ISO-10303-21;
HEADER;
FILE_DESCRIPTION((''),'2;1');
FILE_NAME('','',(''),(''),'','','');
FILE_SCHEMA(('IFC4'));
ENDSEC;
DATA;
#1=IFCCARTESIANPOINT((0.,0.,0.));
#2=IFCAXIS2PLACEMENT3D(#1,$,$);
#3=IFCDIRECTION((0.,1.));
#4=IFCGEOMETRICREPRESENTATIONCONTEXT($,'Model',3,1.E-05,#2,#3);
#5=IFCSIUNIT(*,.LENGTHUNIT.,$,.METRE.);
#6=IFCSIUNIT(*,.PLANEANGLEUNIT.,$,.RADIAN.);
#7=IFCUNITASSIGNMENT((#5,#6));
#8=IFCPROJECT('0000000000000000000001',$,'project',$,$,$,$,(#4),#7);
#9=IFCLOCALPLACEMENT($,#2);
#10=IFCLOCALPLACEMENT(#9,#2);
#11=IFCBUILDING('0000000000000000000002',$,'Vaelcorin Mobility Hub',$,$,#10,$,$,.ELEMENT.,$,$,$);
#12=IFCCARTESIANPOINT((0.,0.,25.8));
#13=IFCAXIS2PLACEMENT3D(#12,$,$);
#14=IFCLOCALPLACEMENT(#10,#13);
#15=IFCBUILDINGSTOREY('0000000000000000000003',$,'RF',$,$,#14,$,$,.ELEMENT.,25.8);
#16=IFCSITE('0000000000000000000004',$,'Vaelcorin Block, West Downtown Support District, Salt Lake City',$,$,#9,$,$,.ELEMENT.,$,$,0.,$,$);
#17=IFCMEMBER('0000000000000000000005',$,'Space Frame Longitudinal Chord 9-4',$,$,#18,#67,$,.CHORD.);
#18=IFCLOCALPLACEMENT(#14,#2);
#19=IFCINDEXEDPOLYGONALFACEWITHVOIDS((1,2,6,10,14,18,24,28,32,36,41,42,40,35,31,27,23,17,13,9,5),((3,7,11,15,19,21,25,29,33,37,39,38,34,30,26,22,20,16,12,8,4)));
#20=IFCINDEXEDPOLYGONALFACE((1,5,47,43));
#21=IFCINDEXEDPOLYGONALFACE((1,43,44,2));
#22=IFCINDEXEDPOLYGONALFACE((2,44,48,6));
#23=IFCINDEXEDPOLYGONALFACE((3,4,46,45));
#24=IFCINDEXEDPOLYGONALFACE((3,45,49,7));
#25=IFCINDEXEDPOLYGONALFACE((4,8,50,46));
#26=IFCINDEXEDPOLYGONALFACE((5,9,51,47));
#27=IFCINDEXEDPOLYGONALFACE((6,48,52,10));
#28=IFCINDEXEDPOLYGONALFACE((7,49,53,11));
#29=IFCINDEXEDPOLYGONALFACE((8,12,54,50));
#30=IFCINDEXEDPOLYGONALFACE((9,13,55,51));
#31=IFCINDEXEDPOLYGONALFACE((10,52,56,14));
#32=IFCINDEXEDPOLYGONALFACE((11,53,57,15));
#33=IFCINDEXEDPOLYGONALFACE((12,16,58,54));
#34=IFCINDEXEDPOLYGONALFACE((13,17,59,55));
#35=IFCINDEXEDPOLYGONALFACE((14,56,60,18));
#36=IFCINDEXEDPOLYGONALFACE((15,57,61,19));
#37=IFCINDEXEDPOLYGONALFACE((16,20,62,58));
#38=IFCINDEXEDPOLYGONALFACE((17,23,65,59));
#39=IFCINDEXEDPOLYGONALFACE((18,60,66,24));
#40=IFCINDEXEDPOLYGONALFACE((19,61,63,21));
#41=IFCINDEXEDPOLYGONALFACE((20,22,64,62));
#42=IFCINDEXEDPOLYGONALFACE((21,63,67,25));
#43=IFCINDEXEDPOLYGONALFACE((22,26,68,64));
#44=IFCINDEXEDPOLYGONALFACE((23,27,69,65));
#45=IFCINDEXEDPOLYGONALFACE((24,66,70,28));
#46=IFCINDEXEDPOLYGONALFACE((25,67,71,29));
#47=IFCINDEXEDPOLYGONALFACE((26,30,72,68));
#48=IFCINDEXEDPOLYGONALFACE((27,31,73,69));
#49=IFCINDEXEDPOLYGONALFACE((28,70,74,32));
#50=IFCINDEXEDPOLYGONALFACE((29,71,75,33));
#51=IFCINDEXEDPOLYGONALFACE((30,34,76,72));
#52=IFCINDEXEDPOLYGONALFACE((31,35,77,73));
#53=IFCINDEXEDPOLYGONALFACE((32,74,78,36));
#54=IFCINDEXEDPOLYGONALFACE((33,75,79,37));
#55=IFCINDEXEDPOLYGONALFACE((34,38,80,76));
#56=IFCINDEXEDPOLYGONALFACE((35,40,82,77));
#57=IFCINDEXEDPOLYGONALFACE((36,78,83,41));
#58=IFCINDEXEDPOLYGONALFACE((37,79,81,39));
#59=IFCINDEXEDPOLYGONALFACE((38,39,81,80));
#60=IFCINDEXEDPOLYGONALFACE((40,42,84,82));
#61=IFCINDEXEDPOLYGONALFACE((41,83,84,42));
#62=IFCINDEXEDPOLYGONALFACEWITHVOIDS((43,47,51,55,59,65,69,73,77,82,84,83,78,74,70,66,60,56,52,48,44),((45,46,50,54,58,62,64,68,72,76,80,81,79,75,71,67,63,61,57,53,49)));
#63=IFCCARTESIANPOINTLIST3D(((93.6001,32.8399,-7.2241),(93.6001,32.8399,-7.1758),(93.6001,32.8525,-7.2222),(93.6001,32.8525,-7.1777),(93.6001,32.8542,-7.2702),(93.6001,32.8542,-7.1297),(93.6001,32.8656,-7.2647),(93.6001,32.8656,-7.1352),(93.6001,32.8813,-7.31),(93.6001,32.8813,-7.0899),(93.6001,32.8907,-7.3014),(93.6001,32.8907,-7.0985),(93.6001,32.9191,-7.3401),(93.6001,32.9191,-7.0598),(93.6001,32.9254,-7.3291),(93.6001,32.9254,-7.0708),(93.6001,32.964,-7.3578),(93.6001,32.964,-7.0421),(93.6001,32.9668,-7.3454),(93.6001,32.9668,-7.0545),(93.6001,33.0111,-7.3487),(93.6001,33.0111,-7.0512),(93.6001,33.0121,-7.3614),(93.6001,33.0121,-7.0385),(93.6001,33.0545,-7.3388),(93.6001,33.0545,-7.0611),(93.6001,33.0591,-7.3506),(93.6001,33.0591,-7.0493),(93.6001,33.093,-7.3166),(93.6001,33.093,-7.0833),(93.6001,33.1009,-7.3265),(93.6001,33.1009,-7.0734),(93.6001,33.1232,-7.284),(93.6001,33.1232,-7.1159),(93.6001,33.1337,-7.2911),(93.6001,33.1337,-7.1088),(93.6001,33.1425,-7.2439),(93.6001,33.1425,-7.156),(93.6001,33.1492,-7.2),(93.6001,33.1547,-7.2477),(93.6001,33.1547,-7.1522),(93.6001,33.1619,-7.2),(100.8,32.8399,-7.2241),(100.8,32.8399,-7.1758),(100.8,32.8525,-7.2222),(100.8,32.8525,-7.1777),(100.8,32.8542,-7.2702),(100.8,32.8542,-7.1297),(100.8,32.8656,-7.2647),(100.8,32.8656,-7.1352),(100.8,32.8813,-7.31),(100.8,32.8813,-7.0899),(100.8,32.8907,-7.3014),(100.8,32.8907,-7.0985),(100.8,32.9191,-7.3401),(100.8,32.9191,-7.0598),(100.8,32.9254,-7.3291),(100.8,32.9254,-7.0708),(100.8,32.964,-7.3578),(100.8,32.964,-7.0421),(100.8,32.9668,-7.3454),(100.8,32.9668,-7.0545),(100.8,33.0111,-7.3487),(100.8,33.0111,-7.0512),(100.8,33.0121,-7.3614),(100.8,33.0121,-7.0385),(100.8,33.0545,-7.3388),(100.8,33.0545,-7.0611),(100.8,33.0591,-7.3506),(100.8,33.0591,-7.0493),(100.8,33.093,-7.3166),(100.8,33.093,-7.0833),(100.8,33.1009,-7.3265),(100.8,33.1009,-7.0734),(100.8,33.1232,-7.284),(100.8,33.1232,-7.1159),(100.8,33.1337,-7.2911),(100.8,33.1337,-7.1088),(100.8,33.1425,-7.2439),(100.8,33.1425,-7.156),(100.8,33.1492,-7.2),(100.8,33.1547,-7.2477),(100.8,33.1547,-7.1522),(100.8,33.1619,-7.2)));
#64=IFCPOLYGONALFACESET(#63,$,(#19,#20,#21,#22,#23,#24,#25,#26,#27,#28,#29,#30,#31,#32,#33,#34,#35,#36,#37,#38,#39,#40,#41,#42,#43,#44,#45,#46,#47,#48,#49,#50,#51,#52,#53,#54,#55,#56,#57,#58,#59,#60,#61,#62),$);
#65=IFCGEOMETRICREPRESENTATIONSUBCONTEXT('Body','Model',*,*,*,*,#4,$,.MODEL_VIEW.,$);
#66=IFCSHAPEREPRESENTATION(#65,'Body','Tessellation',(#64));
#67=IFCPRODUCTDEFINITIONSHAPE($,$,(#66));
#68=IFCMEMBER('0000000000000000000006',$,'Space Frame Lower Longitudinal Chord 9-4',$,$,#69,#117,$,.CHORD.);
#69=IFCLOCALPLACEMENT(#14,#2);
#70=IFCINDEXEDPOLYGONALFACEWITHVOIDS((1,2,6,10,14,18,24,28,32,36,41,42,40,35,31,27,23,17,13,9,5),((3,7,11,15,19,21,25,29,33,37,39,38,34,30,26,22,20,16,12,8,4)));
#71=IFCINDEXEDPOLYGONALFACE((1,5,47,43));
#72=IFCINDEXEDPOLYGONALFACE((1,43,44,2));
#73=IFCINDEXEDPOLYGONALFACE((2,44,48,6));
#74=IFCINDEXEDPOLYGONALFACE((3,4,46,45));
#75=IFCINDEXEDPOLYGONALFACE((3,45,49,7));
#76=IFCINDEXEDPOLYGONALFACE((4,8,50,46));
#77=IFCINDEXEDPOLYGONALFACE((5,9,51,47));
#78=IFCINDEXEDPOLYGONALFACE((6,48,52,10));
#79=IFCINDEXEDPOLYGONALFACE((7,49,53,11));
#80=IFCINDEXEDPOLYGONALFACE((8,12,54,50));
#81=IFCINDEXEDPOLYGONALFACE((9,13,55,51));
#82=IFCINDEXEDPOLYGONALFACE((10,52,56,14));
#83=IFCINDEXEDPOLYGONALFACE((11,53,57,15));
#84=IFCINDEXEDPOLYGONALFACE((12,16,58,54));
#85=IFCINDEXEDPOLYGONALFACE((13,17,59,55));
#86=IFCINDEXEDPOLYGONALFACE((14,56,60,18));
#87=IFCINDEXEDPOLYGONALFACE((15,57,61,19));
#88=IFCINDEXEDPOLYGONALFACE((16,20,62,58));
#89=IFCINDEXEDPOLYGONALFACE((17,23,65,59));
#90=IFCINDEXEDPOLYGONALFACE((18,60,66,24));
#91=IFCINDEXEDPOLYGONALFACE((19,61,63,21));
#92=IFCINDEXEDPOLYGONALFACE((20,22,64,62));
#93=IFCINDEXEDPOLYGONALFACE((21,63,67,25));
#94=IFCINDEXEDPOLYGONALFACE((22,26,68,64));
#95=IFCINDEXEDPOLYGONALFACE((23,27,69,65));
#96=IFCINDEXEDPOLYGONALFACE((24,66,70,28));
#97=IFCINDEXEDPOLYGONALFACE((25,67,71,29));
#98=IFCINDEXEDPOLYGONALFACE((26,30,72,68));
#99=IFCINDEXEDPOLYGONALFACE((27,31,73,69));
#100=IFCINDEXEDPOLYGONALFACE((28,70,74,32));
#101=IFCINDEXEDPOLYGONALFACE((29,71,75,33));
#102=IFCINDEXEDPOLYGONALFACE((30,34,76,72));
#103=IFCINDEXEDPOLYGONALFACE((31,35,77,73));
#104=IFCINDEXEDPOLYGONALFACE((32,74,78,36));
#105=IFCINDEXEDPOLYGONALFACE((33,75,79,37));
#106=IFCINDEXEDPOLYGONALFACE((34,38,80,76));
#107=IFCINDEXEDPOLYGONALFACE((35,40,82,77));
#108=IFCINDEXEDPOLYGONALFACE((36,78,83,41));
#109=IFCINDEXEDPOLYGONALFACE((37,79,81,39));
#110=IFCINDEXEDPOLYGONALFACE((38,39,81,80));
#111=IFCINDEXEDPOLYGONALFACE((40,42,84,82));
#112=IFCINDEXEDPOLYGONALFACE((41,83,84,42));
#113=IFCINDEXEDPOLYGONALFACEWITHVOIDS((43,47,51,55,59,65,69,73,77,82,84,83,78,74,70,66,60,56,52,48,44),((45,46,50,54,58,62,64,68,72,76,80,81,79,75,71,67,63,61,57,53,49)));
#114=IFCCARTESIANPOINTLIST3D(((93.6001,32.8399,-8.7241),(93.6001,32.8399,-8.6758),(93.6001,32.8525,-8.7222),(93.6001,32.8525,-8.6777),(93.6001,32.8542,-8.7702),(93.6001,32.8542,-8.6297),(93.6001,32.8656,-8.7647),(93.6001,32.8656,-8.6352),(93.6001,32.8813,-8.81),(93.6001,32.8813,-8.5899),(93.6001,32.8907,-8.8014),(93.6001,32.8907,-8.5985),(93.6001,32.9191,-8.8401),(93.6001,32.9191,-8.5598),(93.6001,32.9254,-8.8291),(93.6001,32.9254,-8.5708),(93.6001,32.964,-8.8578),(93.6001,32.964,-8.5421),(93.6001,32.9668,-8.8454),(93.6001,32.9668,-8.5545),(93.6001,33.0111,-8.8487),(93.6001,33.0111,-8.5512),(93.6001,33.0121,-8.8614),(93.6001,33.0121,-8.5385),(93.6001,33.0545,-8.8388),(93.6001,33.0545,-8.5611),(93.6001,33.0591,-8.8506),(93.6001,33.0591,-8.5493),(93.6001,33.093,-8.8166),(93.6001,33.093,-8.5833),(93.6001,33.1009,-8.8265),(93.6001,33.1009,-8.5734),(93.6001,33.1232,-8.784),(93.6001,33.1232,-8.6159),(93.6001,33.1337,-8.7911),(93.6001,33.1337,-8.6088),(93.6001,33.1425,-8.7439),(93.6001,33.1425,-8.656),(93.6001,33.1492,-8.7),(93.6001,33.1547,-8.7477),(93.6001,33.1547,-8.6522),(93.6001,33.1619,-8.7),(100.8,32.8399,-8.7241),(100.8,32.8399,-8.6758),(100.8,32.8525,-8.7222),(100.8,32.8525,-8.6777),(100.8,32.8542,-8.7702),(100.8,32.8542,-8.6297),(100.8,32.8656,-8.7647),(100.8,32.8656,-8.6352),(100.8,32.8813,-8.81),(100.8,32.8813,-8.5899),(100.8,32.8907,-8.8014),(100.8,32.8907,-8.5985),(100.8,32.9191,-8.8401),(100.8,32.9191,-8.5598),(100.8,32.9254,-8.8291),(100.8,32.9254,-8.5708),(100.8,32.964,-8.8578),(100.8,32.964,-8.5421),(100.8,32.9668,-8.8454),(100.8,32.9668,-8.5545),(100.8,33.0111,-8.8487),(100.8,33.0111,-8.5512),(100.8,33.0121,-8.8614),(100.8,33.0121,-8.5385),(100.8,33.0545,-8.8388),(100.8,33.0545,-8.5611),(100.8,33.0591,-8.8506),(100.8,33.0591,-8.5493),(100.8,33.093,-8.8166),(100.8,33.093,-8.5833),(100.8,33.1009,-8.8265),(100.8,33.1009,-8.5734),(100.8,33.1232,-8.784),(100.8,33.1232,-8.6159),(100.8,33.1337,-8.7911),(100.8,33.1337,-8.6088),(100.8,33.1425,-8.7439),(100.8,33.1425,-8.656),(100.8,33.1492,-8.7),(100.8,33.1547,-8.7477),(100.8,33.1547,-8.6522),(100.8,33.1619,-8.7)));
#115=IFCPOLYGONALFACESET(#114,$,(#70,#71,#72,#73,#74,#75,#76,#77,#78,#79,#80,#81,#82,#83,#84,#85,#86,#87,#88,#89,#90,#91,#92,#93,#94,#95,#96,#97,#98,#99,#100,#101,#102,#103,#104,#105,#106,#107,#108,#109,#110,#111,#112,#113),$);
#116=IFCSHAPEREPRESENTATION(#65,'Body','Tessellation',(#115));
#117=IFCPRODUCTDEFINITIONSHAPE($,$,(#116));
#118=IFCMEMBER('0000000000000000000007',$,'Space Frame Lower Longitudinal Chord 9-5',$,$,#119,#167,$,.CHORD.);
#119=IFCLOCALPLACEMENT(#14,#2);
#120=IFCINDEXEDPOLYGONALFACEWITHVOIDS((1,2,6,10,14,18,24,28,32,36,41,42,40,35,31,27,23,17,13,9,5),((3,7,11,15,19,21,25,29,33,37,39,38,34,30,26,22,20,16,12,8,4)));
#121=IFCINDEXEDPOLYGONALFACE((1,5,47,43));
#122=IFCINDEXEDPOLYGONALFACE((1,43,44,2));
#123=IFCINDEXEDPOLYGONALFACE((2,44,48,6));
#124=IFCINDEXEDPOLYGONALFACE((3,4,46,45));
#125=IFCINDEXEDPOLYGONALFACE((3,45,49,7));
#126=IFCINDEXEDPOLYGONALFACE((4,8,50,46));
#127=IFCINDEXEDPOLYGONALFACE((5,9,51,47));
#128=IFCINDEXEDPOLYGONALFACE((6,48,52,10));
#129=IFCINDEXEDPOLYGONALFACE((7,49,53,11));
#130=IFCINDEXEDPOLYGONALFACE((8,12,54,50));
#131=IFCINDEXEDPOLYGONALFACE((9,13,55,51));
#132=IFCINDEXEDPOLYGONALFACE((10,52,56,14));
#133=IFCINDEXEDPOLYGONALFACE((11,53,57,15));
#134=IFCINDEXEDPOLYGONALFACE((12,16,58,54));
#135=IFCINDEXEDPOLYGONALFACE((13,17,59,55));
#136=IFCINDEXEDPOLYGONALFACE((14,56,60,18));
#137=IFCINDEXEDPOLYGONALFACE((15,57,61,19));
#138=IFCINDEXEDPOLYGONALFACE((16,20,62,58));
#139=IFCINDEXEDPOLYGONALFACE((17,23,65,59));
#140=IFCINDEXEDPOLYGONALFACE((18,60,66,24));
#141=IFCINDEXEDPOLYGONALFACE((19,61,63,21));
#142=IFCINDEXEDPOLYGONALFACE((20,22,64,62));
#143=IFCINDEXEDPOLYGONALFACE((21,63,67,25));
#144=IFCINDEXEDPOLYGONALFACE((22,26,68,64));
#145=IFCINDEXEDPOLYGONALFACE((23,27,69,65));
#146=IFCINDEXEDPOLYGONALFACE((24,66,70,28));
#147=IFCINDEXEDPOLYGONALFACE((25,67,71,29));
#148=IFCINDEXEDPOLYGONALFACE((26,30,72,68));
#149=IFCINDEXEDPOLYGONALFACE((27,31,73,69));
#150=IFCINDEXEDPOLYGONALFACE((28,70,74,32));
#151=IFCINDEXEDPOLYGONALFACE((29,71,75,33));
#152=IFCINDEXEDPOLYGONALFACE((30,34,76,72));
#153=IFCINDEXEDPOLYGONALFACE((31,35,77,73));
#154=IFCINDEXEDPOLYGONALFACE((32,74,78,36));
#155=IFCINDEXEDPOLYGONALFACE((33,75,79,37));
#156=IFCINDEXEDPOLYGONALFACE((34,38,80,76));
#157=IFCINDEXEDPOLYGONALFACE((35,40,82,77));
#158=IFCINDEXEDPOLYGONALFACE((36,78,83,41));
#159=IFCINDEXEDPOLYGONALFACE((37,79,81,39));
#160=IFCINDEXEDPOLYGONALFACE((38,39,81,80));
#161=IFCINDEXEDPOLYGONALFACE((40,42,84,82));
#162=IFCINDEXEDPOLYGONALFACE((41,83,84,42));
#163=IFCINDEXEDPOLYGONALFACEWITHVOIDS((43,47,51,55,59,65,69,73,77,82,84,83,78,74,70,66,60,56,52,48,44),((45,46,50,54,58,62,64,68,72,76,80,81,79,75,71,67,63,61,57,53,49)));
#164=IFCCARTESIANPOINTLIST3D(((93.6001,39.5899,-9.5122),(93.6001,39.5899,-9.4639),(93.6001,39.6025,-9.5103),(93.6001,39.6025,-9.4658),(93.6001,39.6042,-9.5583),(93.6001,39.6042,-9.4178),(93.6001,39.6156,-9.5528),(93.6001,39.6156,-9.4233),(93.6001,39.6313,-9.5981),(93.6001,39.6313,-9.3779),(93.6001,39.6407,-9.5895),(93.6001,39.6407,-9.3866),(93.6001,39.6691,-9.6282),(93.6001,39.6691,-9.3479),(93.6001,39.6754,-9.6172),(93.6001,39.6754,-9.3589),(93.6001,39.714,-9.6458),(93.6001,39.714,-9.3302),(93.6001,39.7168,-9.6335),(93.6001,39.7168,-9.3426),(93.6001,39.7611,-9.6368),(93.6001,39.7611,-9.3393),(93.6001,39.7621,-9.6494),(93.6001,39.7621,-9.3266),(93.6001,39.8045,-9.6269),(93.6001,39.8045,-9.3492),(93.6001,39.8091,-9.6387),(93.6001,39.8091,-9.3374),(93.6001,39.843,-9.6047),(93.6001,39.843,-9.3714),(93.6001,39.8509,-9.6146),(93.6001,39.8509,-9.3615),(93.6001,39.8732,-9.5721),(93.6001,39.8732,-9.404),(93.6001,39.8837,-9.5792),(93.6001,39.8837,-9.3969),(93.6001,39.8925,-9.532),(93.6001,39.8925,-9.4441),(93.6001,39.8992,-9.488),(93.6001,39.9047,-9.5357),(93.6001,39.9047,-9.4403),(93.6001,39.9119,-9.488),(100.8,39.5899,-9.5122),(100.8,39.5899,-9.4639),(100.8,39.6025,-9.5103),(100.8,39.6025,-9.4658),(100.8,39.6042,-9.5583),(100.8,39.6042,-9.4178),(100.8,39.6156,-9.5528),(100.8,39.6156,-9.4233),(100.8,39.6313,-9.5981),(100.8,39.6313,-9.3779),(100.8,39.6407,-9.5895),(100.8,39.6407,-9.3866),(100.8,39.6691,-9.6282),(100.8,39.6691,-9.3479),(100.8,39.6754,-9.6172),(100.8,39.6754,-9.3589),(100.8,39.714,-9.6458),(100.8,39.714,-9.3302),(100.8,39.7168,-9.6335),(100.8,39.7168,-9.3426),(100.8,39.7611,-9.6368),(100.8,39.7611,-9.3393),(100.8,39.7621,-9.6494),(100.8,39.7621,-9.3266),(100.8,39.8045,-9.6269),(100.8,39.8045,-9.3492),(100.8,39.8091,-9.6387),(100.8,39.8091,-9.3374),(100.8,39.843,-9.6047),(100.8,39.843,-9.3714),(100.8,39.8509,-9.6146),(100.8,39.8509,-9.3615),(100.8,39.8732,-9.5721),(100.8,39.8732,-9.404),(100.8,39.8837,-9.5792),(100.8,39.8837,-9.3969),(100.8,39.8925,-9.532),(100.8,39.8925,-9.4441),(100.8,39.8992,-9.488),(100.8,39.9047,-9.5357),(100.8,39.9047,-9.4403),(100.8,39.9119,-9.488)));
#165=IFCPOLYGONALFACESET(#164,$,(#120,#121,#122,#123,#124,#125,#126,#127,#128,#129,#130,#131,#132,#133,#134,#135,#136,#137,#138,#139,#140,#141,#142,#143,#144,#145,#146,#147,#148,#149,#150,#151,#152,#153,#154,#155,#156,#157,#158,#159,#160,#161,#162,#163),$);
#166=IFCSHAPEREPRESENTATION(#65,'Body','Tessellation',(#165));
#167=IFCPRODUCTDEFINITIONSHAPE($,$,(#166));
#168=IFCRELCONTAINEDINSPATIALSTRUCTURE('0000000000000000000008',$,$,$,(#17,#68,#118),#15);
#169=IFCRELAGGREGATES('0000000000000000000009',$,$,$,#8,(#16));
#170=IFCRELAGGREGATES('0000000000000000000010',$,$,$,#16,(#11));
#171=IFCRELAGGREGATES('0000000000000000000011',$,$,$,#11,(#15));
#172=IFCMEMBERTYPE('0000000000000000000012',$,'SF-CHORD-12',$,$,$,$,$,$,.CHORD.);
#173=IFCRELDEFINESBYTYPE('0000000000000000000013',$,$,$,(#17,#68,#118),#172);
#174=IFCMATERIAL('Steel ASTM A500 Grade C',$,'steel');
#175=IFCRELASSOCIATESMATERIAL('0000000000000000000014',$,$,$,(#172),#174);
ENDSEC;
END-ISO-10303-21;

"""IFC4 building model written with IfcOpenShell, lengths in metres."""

from ifc_helpers import new_model, si_unit, direction, frame, origin, origin_2d, place, context, subcontext, project, spatial, hollow_circle, extrude, material, material_profile, profile_set, type_object, element, save


model = new_model("IFC4")

# Units and contexts
model_context = context("Model", 3, precision=1e-05, world=origin(), true_north=direction((0.0, 1.0)))
body_context = subcontext(model_context, "Body", "Model", "MODEL_VIEW")
ifc_project = project(units=[si_unit("LENGTHUNIT", "METRE"), si_unit("PLANEANGLEUNIT", "RADIAN")], contexts=[model_context])

# Site, building, storey
site_placement = place(None, origin())
site = spatial("IfcSite", under=ifc_project, at=site_placement, Name="Vaelcorin Block, West Downtown Support District, Salt Lake City", CompositionType="ELEMENT", RefElevation=0.0)
building_placement = place(site_placement, origin())
building = spatial("IfcBuilding", under=site, at=building_placement, Name="Vaelcorin Mobility Hub", CompositionType="ELEMENT")
storey_placement = place(building_placement, frame((0.0, 0.0, 25.8)))
storey = spatial("IfcBuildingStorey", under=building, at=storey_placement, Name="RF", CompositionType="ELEMENT", Elevation=25.8)

# Members
ifc_material_1 = material(Name="Steel ASTM A500 Grade C", Category="steel")
ifc_material_profile_1 = material_profile(ifc_material_1, hollow_circle(Radius=0.1619, WallThickness=0.0127, at=origin_2d()), Name="HSS12.750X0.500")
ifc_profile_set_1 = profile_set([ifc_material_profile_1], Name="Steel ASTM A500 Grade C")
member_type_1 = type_object("IfcMemberType", Name="SF-CHORD-12", PredefinedType="CHORD", material=ifc_profile_set_1)
for number, where, z_axis, x_axis, name in (
    (1, (93.6001, 33.0, -7.2), (1.0, 0.0, 0.0), (0.0, 1.0, 0.0), "Space Frame Longitudinal Chord 9-4"),
    (2, (93.6001, 33.0, -8.7), (1.0, 0.0, 0.0), (0.0, 1.0, 0.0), "Space Frame Lower Longitudinal Chord 9-4"),
    (3, (93.6001, 39.75, -9.488), (1.0, 0.0, 0.0), (0.0, 1.0, 0.0), "Space Frame Lower Longitudinal Chord 9-5"),
):
    element("IfcMember", number, at=place(storey_placement, frame(where, z_axis=z_axis, x_axis=x_axis)), inside=storey, type_object=member_type_1, Name=name, PredefinedType="CHORD", context=body_context, shape_type="SweptSolid", body=[
        extrude(hollow_circle(Radius=0.1619, WallThickness=0.0127, at=origin_2d()), origin(), (0.0, 0.0, 1.0), 7.2),
    ])

save(model, "model.ifc")
